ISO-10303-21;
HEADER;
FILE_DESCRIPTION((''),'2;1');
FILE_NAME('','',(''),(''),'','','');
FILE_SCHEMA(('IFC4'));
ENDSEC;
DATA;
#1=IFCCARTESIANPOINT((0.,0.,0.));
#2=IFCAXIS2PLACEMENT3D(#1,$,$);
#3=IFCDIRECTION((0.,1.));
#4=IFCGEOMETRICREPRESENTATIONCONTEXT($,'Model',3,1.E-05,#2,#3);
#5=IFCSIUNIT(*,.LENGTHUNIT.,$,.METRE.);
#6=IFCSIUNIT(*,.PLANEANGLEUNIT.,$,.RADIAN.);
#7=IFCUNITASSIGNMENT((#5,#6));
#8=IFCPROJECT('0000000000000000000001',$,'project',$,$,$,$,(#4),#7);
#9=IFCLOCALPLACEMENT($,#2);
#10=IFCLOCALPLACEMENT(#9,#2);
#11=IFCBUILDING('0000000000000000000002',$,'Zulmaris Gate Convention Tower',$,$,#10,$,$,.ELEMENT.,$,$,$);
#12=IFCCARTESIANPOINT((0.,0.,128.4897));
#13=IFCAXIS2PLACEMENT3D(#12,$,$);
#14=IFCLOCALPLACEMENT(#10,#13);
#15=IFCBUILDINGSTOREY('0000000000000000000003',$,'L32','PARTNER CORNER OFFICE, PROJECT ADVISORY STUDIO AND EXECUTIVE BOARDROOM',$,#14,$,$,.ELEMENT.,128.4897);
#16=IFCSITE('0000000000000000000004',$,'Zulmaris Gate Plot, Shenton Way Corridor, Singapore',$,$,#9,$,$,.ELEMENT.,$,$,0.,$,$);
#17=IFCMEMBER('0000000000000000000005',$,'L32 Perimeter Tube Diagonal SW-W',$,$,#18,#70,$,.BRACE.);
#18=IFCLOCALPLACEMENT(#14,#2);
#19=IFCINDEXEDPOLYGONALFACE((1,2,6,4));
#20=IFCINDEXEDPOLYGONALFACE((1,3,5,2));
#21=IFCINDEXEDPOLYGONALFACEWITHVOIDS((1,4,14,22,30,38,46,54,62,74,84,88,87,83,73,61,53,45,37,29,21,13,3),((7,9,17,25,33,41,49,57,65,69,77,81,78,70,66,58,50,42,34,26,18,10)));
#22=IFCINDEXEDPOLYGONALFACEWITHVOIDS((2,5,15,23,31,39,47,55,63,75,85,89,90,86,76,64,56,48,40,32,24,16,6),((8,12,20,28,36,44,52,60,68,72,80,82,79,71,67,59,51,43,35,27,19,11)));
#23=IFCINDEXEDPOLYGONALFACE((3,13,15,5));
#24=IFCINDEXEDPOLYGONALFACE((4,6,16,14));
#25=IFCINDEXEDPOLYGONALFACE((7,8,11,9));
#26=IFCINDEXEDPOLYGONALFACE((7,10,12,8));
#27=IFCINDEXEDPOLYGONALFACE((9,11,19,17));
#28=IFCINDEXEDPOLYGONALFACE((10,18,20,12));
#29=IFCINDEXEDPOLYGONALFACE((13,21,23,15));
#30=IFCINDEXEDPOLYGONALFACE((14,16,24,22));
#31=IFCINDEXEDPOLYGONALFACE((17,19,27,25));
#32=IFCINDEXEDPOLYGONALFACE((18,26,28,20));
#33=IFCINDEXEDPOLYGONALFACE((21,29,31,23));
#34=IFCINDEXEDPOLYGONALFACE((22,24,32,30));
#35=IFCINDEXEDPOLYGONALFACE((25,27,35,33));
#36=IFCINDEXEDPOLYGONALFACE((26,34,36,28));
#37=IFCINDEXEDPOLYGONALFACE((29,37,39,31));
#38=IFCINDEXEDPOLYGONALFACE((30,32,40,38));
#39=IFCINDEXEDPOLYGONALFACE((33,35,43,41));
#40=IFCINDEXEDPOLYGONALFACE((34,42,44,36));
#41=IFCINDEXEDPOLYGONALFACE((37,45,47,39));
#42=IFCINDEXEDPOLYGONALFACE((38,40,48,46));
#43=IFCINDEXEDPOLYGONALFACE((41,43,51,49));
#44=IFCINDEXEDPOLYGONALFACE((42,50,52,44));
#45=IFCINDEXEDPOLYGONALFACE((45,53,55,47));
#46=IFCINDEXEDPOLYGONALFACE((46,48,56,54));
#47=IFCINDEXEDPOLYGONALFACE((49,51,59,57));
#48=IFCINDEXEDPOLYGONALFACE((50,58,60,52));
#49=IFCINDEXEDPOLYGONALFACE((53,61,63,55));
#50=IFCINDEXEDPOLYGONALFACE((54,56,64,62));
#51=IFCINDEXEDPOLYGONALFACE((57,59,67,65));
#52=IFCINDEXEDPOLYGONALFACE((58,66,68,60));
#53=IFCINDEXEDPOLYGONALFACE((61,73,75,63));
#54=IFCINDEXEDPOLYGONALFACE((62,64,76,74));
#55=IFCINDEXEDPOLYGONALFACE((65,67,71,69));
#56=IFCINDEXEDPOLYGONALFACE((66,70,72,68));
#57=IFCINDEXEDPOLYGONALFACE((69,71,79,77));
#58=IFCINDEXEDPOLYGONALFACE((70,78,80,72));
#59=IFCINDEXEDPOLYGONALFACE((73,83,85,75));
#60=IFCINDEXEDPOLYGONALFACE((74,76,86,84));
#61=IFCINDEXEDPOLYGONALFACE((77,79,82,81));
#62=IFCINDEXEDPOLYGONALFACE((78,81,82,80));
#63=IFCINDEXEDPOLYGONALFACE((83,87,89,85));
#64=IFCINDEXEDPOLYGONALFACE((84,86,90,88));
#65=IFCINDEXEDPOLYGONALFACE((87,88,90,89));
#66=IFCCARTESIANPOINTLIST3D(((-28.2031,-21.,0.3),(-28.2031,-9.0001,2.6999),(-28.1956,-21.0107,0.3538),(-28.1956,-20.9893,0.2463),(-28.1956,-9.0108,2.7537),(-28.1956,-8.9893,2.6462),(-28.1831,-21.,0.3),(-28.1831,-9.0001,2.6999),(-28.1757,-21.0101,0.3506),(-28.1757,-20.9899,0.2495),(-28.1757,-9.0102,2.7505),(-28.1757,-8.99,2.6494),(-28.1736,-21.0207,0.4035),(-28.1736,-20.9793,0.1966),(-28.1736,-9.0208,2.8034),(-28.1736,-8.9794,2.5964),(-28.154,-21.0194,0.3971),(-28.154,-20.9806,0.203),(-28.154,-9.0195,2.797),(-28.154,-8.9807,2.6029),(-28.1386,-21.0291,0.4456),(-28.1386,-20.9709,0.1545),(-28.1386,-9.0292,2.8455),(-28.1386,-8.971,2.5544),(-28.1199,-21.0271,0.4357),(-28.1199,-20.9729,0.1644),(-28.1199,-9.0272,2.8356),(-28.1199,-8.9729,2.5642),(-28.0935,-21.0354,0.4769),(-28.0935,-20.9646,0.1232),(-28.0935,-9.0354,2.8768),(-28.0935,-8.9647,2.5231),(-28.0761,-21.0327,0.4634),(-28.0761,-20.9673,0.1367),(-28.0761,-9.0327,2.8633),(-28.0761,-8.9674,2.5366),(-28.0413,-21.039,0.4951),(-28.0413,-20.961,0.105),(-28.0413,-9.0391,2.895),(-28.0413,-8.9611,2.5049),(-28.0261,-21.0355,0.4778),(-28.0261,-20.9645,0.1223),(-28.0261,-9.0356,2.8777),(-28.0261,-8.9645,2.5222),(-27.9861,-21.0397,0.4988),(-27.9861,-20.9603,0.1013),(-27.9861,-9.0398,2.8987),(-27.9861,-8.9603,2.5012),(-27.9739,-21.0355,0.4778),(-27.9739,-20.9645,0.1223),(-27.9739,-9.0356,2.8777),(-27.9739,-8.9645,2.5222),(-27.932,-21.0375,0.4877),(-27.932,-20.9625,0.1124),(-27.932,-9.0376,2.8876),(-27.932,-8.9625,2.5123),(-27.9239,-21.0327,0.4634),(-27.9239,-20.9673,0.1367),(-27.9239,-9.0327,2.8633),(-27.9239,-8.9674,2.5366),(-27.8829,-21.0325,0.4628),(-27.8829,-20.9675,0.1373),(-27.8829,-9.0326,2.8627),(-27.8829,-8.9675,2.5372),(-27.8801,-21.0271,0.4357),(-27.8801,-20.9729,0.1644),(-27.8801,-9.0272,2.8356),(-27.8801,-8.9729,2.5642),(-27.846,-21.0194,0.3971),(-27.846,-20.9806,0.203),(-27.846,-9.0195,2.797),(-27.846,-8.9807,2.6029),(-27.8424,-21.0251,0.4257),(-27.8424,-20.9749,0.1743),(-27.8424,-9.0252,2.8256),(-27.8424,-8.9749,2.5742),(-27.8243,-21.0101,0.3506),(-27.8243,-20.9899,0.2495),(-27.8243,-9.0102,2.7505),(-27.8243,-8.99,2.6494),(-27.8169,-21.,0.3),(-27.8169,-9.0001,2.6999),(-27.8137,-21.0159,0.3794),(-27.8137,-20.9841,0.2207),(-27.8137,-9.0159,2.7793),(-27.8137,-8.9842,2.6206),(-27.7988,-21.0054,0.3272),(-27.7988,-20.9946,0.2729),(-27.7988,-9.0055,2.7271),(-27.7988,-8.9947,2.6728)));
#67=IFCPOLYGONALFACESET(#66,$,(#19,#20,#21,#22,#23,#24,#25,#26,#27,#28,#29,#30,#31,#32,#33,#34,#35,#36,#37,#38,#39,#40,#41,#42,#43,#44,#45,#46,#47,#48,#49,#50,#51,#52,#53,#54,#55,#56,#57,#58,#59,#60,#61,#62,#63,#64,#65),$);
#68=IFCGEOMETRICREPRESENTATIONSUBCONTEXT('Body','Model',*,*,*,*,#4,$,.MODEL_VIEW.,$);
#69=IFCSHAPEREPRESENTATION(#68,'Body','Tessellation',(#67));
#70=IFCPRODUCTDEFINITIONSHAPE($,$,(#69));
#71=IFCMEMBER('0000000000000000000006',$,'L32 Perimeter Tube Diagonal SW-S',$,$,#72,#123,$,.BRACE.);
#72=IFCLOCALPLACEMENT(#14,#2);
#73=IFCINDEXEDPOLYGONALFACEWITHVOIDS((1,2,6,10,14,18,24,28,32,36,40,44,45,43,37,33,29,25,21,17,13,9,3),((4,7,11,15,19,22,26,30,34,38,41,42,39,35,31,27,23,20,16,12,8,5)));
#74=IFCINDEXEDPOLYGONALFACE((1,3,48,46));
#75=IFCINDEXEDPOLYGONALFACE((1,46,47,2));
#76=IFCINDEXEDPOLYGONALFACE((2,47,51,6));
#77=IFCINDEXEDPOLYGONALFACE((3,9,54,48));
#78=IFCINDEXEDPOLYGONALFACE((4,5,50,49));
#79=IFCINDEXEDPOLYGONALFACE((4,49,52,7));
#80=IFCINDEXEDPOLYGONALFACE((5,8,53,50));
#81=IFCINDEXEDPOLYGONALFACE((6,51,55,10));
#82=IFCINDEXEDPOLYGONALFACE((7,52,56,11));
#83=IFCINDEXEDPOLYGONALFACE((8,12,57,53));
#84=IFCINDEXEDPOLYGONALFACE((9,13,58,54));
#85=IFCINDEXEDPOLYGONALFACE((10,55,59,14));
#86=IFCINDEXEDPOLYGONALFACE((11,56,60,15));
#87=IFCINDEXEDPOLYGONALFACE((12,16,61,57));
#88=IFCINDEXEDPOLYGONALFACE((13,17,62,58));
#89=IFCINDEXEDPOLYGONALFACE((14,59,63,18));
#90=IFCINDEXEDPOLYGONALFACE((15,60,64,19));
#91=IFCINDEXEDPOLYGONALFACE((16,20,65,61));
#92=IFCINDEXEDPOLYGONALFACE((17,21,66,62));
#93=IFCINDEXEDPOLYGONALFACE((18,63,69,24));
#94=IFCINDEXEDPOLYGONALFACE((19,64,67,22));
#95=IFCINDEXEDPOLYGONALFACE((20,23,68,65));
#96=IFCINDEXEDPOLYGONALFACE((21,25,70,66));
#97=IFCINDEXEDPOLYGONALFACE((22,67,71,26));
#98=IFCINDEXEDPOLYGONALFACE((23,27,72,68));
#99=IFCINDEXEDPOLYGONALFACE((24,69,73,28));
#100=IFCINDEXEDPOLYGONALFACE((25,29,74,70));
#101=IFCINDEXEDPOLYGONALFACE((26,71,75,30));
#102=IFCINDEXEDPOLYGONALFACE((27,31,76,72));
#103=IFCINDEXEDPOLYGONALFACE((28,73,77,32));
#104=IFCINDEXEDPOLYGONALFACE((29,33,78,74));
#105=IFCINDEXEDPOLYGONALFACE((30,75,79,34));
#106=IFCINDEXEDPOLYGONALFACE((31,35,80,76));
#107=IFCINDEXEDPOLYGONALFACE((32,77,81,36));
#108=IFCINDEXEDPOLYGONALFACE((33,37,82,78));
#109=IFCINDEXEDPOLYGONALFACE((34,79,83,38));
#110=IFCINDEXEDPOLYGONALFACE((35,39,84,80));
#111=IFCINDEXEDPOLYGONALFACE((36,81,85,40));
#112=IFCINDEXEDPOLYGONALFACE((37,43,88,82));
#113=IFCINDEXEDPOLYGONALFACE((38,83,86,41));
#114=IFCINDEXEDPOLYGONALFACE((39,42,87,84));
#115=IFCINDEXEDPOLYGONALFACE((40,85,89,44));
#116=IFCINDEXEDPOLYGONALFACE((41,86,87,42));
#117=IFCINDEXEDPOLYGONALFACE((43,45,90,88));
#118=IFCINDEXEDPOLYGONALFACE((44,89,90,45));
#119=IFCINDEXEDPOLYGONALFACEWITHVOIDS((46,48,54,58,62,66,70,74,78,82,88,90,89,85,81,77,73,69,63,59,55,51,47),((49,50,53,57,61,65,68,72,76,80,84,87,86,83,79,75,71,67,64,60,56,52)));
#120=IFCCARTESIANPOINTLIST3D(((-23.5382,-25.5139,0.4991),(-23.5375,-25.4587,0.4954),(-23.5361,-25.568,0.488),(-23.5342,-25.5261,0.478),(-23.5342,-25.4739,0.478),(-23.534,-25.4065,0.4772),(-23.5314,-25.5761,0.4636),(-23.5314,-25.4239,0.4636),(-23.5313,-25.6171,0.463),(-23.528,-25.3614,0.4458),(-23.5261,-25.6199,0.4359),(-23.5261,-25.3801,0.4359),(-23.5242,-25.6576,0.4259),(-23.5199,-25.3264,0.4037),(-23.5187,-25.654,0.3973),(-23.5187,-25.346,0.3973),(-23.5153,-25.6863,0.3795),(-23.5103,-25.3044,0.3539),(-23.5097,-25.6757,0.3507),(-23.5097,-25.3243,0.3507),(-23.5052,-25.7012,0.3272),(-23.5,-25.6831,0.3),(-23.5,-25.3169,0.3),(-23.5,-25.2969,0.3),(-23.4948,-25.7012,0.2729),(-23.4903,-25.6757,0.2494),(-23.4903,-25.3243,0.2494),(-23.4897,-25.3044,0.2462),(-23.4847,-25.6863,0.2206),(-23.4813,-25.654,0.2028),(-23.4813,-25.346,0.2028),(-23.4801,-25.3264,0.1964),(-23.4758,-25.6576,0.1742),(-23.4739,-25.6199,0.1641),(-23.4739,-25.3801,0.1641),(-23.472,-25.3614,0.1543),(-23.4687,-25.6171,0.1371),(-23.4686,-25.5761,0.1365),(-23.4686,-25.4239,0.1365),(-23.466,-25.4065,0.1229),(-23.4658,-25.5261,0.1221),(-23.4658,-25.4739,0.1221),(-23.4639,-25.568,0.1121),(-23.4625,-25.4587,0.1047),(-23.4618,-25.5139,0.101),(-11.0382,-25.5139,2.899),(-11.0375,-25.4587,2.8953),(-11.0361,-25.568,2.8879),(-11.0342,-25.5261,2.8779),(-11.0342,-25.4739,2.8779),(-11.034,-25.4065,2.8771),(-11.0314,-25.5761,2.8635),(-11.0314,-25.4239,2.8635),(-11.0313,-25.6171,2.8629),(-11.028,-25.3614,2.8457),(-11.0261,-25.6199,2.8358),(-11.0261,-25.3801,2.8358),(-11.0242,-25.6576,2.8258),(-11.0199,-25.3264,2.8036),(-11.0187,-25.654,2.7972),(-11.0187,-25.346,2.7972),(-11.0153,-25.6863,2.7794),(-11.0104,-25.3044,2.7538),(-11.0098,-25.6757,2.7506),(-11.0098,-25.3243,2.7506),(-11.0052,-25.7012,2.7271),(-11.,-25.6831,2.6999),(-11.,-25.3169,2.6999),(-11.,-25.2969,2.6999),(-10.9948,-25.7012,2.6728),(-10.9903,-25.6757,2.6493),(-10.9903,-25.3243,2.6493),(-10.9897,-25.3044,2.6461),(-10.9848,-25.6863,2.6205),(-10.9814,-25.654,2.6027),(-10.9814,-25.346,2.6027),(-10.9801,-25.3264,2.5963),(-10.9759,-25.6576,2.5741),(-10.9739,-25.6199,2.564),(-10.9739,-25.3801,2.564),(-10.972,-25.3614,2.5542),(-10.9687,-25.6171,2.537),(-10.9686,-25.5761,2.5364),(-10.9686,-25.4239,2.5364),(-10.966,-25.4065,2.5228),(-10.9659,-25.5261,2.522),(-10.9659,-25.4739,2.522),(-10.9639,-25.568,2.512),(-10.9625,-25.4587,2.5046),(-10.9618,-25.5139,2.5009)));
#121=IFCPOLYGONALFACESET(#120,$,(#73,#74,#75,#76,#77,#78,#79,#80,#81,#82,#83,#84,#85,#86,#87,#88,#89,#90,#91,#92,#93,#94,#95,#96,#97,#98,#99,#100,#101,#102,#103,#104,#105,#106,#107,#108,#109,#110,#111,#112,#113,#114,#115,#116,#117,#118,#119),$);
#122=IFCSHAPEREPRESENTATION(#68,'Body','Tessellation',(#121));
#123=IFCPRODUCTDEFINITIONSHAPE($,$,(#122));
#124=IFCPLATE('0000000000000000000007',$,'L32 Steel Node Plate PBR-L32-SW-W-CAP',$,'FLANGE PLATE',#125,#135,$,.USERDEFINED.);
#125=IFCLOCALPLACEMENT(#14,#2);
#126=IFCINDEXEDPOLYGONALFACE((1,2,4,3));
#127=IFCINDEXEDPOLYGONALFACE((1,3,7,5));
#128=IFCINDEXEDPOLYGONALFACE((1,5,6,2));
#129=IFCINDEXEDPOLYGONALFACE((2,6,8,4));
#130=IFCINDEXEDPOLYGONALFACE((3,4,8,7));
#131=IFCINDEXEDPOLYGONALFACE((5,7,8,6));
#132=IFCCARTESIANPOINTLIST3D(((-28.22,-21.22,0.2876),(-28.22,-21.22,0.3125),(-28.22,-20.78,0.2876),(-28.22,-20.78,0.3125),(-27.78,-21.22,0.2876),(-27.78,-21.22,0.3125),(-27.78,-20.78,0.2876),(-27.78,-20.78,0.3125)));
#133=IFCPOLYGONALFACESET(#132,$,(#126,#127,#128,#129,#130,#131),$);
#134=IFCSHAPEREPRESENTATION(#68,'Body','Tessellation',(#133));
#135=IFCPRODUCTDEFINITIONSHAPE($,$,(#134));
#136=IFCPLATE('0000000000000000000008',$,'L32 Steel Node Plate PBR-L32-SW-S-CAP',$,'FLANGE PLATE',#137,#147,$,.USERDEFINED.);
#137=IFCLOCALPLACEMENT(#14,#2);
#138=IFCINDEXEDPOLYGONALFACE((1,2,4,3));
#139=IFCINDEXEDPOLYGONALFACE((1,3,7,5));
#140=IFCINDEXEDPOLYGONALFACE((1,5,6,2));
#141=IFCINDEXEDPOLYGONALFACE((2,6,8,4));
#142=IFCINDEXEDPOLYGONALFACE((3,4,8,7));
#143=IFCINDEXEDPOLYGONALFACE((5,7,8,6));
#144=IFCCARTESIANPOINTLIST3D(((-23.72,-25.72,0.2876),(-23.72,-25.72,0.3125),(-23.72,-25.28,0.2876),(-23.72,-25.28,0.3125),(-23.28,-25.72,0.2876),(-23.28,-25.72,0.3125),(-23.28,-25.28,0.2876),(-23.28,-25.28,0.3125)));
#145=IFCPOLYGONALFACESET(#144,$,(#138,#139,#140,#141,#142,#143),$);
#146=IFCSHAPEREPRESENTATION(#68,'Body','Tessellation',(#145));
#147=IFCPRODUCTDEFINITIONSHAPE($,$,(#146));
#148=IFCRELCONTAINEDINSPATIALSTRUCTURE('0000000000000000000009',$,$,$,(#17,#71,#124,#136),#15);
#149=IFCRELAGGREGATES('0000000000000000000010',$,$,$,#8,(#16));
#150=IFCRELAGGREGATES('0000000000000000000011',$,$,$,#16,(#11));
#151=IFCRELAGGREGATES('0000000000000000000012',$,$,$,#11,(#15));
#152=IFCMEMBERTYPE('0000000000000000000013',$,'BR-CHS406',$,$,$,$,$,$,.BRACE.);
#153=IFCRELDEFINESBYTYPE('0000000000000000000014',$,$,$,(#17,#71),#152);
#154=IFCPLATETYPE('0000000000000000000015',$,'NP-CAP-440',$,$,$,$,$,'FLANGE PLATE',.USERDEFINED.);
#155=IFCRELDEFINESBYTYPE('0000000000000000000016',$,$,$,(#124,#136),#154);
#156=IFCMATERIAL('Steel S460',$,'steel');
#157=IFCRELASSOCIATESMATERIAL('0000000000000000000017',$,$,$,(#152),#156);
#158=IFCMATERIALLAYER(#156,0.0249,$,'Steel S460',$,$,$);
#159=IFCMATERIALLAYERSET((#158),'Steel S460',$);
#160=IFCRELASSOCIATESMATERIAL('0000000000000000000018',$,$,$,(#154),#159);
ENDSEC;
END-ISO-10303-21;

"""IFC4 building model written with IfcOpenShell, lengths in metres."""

from ifc_helpers import new_model, si_unit, direction, frame, origin, origin_2d, place, context, subcontext, project, spatial, rectangle, hollow_circle, extrude, material, layer, layer_set, material_profile, profile_set, type_object, element, save


model = new_model("IFC4")

# Units and contexts
model_context = context("Model", 3, precision=1e-05, world=origin(), true_north=direction((0.0, 1.0)))
body_context = subcontext(model_context, "Body", "Model", "MODEL_VIEW")
ifc_project = project(units=[si_unit("LENGTHUNIT", "METRE"), si_unit("PLANEANGLEUNIT", "RADIAN")], contexts=[model_context])

# Site, building, storey
site_placement = place(None, origin())
site = spatial("IfcSite", under=ifc_project, at=site_placement, Name="Zulmaris Gate Plot, Shenton Way Corridor, Singapore", CompositionType="ELEMENT", RefElevation=0.0)
building_placement = place(site_placement, origin())
building = spatial("IfcBuilding", under=site, at=building_placement, Name="Zulmaris Gate Convention Tower", CompositionType="ELEMENT")
storey_placement = place(building_placement, frame((0.0, 0.0, 128.4897)))
storey = spatial("IfcBuildingStorey", under=building, at=storey_placement, Name="L32", Description="PARTNER CORNER OFFICE, PROJECT ADVISORY STUDIO AND EXECUTIVE BOARDROOM", CompositionType="ELEMENT", Elevation=128.4897)

# Members
ifc_material_1 = material(Name="Steel S460", Category="steel")
ifc_material_profile_1 = material_profile(ifc_material_1, hollow_circle(Radius=0.2031, WallThickness=0.02, at=origin_2d()), Name="CHS 406.4x20")
ifc_profile_set_1 = profile_set([ifc_material_profile_1], Name="Steel S460")
member_type = type_object("IfcMemberType", Name="BR-CHS406", PredefinedType="BRACE", material=ifc_profile_set_1)
member_1_placement = place(storey_placement, frame((-28.0, -21.0, 0.3), z_axis=(0.0, 0.980582, 0.196108), x_axis=(-1.0, 0.0, 0.0)))
element("IfcMember", 1, at=member_1_placement, inside=storey, type_object=member_type, Name="L32 Perimeter Tube Diagonal SW-W", PredefinedType="BRACE", context=body_context, shape_type="SweptSolid", body=[
    extrude(hollow_circle(Radius=0.2031, WallThickness=0.02, at=origin_2d()), origin(), (0.0, 0.0, 1.0), 12.2375),
])
member_2_placement = place(storey_placement, frame((-23.5, -25.5, 0.3), z_axis=(0.982064, 0.0, 0.188549), x_axis=(0.0, 1.0, 0.0)))
element("IfcMember", 2, at=member_2_placement, inside=storey, type_object=member_type, Name="L32 Perimeter Tube Diagonal SW-S", PredefinedType="BRACE", context=body_context, shape_type="SweptSolid", body=[
    extrude(hollow_circle(Radius=0.2031, WallThickness=0.02, at=origin_2d()), origin(), (0.0, 0.0, 1.0), 12.7283),
])

# Plates
ifc_layer_1 = layer(ifc_material_1, 0.0249, Name="Steel S460")
ifc_layer_set_1 = layer_set([ifc_layer_1], Name="Steel S460")
plate_type = type_object("IfcPlateType", Name="NP-CAP-440", ElementType="FLANGE PLATE", PredefinedType="USERDEFINED", material=ifc_layer_set_1)
for number, where, z_axis, x_axis, name in (
    (3, (-28.0, -21.0, 0.2876), (0.0, 0.0, 1.0), (1.0, 0.0, 0.0), "L32 Steel Node Plate PBR-L32-SW-W-CAP"),
    (4, (-23.5, -25.5, 0.2876), (0.0, 0.0, 1.0), (1.0, 0.0, 0.0), "L32 Steel Node Plate PBR-L32-SW-S-CAP"),
):
    element("IfcPlate", number, at=place(storey_placement, frame(where, z_axis=z_axis, x_axis=x_axis)), inside=storey, type_object=plate_type, Name=name, ObjectType="FLANGE PLATE", PredefinedType="USERDEFINED", context=body_context, shape_type="SweptSolid", body=[
        extrude(rectangle(XDim=0.4399, YDim=0.4399, at=origin_2d()), origin(), (0.0, 0.0, 1.0), 0.0249),
    ])

save(model, "model.ifc")
